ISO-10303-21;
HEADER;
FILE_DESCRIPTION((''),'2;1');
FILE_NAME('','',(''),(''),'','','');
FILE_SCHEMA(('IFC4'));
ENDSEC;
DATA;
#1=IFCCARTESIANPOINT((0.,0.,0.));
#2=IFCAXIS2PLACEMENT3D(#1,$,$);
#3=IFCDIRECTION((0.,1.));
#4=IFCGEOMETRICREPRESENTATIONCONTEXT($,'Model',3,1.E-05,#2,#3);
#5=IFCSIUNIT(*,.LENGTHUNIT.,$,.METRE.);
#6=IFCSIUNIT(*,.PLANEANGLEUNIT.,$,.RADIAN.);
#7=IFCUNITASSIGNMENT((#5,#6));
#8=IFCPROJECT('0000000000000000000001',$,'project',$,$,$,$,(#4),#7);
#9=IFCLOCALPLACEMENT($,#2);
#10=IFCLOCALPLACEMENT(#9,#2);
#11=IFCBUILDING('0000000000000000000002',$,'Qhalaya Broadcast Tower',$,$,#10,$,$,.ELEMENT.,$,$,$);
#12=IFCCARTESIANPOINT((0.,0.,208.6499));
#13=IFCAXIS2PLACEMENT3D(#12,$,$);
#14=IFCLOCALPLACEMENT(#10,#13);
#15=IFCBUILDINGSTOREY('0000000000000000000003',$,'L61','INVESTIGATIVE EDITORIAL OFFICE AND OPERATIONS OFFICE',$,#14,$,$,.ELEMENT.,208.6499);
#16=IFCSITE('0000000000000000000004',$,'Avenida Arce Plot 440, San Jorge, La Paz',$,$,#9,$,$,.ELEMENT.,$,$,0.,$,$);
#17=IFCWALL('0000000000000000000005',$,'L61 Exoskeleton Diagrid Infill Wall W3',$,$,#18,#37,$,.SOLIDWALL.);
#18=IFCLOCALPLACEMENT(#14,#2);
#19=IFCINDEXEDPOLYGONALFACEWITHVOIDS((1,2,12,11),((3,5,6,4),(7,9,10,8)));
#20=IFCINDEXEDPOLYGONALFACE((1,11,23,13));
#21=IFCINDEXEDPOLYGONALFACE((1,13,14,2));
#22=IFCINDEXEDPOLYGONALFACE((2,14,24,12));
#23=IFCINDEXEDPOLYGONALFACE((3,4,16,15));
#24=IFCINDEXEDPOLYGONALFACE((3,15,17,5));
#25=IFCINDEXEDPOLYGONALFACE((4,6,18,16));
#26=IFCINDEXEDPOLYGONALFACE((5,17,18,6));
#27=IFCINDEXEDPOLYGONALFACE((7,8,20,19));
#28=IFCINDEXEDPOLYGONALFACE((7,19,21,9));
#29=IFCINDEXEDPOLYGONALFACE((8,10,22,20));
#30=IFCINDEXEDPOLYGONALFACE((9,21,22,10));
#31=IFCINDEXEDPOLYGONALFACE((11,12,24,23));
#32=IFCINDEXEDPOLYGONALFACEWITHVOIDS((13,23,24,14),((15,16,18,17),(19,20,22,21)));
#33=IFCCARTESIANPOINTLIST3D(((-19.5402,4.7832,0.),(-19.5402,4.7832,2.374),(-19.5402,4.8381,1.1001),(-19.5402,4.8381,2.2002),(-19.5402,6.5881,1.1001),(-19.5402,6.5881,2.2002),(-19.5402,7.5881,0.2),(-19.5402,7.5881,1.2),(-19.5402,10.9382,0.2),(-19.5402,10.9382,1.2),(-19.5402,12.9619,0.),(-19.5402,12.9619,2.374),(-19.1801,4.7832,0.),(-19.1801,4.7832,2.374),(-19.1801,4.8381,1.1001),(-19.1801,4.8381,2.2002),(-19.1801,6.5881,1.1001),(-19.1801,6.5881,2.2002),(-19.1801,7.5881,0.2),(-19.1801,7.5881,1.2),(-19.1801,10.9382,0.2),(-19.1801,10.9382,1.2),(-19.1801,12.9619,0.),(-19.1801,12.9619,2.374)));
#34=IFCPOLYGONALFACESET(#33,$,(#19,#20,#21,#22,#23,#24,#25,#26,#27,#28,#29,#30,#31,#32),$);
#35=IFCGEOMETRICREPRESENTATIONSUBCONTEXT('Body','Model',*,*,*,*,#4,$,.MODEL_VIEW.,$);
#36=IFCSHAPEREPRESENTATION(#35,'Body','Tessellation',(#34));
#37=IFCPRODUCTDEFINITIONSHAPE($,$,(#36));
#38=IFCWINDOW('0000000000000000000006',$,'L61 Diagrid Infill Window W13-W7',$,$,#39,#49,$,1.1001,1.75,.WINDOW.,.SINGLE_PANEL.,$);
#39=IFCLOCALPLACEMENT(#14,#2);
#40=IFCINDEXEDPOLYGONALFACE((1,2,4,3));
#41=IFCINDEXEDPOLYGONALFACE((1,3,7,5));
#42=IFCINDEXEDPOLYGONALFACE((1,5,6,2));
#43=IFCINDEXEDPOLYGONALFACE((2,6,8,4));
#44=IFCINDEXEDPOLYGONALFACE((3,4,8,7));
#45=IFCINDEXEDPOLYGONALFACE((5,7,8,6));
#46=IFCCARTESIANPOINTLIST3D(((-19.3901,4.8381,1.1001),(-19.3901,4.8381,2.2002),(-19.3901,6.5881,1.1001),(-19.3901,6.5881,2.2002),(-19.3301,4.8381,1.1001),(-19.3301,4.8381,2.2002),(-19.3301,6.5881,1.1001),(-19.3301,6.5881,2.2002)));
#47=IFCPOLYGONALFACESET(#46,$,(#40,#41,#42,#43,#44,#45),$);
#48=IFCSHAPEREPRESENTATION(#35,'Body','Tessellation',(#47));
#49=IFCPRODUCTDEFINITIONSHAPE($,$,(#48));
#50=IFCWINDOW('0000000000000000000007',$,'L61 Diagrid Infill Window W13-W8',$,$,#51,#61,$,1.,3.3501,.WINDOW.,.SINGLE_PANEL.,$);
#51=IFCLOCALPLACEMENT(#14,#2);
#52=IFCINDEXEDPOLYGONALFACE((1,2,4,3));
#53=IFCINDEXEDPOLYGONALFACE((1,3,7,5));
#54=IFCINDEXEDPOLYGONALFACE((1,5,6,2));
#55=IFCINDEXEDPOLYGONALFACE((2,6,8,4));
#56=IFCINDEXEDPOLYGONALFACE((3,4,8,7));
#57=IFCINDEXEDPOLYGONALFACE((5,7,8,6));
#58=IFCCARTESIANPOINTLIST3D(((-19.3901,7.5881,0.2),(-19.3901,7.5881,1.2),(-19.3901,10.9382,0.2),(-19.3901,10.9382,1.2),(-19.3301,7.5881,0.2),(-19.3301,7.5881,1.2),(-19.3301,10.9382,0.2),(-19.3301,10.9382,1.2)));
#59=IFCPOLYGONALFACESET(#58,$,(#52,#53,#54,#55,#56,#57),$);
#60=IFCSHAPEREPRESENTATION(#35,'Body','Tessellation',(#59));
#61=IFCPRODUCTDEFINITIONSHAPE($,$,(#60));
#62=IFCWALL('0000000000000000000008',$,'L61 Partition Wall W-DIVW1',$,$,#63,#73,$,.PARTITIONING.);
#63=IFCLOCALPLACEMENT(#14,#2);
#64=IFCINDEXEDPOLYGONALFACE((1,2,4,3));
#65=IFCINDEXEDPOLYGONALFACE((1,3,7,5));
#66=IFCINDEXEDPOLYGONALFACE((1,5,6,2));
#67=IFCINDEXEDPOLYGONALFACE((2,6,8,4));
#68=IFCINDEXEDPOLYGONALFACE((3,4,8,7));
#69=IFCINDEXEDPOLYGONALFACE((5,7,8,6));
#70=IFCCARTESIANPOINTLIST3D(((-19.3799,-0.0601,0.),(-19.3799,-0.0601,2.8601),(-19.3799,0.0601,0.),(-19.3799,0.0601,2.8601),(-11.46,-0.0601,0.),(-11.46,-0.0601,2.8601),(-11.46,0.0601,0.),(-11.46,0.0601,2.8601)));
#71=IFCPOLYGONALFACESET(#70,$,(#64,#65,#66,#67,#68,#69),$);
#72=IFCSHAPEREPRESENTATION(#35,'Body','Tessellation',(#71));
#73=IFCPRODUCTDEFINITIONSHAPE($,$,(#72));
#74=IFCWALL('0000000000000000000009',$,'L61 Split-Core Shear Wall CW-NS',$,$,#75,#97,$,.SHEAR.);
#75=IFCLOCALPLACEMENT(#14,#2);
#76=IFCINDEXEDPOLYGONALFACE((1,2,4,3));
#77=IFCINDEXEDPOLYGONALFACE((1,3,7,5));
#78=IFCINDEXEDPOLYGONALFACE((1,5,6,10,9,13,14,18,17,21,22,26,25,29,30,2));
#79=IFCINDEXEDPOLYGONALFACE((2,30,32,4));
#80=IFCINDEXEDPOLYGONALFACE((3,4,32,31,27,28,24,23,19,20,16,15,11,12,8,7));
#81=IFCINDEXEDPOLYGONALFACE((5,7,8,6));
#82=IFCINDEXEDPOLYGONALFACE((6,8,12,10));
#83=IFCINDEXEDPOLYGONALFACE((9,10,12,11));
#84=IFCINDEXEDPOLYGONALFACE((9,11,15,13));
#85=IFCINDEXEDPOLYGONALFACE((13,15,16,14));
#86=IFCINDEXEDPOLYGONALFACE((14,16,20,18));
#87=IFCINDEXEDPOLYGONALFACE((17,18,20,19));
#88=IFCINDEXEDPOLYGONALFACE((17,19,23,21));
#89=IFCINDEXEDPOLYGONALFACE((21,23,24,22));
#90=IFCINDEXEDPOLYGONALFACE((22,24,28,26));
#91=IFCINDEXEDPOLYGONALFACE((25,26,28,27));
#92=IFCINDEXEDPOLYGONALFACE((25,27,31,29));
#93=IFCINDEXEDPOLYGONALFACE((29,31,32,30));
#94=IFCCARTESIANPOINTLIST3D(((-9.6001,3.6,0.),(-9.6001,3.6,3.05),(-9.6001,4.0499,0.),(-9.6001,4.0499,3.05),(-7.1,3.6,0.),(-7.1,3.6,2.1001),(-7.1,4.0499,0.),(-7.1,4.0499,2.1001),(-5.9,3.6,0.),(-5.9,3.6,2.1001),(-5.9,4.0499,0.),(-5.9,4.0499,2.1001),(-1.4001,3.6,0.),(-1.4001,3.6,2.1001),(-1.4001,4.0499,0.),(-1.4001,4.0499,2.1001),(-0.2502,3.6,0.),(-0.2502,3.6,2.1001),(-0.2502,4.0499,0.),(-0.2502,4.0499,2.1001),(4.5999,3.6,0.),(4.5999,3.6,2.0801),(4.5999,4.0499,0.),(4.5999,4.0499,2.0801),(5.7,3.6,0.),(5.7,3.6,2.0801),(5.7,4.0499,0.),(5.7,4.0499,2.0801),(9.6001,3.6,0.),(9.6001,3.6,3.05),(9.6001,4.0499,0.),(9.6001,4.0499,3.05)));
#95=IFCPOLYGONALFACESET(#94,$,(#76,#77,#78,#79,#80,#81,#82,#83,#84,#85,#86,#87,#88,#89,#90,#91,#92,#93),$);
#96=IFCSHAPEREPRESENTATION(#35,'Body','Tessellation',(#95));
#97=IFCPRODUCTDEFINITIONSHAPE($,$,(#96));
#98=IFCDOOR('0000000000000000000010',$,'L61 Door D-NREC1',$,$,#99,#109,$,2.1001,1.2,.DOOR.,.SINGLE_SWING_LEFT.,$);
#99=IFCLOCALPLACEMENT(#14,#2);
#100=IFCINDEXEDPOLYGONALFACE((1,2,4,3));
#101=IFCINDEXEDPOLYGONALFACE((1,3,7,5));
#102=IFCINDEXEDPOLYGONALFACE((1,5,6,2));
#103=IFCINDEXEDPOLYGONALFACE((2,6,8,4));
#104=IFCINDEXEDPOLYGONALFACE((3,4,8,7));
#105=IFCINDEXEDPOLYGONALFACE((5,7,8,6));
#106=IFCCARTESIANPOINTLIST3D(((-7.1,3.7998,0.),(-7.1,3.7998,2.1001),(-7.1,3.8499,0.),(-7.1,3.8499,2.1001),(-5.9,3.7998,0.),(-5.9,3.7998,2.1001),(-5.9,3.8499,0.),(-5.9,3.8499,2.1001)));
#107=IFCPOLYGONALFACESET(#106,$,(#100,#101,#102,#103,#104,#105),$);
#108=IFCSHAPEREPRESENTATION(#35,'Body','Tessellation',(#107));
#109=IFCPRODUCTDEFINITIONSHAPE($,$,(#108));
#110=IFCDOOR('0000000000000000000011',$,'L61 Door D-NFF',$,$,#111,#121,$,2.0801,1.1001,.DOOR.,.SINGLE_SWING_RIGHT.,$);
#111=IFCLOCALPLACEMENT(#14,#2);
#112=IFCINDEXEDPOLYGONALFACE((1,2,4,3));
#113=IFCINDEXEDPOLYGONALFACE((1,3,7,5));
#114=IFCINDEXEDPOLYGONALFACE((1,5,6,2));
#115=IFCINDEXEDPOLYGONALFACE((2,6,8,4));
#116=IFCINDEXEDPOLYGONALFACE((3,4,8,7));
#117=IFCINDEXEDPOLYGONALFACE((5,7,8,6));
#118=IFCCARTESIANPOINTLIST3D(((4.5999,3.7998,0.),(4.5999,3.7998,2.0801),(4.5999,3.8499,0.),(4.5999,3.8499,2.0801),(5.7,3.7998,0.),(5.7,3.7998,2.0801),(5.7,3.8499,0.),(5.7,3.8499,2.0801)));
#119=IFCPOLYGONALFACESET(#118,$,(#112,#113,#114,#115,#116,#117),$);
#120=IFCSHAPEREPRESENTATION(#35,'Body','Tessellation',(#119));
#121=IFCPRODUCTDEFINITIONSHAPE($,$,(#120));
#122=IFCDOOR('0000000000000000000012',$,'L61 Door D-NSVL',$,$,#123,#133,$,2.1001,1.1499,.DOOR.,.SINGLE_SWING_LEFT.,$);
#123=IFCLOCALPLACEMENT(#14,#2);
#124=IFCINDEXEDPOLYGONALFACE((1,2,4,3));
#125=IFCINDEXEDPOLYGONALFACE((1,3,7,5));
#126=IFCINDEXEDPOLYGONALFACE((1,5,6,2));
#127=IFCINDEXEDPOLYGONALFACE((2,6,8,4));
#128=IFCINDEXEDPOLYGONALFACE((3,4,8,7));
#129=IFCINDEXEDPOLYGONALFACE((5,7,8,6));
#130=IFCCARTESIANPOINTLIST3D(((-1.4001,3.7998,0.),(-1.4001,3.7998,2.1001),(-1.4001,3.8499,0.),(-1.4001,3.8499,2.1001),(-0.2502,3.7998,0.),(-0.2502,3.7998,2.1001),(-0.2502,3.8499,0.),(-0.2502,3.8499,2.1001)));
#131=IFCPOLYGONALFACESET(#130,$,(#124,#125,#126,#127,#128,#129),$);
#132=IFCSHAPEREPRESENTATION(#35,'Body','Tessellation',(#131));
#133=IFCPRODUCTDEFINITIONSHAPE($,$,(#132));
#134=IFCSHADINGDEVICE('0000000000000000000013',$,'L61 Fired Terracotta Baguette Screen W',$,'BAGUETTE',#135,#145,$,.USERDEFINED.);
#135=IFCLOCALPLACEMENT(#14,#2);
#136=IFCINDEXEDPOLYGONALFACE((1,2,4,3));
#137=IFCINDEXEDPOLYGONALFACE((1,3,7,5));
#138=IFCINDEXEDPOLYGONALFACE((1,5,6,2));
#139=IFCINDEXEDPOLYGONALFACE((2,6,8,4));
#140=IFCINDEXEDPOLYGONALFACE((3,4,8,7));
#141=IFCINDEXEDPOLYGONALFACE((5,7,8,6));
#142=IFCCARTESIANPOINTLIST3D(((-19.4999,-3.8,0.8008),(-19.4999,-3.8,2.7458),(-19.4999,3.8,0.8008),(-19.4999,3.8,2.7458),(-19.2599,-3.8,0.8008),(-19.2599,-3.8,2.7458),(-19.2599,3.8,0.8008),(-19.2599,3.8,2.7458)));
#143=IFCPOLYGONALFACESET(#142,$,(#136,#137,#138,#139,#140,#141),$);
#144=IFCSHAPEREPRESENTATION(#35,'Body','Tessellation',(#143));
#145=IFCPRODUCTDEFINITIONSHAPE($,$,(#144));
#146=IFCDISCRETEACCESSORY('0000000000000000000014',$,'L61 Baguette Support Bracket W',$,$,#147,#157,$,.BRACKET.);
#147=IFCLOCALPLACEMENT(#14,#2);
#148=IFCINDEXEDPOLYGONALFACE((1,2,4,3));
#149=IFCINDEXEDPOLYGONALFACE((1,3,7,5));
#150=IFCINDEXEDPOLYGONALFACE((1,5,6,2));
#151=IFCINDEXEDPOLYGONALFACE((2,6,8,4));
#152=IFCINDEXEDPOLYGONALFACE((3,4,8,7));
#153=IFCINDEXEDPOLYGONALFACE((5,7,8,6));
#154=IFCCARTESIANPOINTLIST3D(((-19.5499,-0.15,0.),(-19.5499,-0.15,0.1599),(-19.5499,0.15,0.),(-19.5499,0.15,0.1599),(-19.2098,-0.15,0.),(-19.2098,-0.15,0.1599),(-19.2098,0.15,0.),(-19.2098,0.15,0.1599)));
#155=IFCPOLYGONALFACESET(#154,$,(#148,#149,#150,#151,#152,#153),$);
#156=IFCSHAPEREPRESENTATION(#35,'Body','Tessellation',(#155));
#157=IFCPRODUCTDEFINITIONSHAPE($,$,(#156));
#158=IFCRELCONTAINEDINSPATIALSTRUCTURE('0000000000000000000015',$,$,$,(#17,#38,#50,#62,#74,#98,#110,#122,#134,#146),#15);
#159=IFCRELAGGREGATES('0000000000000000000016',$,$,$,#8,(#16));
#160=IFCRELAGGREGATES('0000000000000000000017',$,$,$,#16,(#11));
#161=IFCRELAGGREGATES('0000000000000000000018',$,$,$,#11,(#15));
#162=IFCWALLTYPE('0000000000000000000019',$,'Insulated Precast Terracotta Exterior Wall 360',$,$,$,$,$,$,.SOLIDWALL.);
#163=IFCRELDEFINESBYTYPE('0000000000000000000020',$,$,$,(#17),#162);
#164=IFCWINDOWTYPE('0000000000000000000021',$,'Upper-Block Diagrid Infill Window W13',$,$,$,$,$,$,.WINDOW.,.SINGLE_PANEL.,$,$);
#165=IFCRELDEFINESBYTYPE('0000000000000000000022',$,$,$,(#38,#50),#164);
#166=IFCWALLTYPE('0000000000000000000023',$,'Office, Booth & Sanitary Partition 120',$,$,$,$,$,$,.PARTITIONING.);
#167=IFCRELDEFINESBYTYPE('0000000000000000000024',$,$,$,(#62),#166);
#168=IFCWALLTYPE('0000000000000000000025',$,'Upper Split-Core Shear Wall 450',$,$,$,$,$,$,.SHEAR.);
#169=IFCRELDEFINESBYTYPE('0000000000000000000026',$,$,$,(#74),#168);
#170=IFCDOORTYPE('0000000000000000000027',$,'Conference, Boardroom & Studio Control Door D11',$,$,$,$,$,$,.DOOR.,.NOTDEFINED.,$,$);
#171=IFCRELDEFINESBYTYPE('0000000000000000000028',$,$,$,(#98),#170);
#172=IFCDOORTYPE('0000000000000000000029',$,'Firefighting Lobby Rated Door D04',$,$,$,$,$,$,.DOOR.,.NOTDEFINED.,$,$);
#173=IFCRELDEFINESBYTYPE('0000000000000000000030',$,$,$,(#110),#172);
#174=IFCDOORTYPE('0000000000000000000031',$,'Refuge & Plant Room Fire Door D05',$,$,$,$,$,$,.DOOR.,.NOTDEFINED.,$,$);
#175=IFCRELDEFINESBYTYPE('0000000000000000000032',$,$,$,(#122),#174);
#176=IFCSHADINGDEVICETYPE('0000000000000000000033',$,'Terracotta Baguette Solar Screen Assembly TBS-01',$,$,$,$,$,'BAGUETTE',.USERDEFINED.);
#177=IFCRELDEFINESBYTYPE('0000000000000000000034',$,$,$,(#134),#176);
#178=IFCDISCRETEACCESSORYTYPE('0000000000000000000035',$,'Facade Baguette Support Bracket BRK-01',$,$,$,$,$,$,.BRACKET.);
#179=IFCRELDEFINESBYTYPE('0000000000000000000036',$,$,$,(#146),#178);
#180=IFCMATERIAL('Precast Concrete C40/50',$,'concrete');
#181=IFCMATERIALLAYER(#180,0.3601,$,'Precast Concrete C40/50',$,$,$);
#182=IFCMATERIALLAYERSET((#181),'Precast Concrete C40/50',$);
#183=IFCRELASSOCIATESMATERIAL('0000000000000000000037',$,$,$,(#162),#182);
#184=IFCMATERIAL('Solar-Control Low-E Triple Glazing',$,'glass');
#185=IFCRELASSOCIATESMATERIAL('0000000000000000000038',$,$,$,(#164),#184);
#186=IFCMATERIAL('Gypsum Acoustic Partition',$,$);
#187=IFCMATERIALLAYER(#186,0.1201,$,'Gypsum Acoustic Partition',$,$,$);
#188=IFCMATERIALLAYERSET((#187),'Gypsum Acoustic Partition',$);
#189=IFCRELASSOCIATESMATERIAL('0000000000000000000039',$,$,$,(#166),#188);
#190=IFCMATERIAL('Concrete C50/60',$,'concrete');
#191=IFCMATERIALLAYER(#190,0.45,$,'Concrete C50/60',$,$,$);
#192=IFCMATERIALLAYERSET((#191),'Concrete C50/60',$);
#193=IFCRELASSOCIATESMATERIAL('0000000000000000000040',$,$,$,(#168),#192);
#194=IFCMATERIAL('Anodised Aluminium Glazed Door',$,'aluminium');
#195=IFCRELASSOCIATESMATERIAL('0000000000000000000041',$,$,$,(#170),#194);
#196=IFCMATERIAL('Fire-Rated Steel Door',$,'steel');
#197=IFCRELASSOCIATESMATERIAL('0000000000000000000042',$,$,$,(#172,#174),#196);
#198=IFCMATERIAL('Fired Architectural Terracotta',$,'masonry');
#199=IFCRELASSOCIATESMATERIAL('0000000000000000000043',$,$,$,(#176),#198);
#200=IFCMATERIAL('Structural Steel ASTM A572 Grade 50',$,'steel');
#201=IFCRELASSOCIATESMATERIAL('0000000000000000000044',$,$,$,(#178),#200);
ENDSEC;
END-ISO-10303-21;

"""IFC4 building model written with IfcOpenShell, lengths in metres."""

from ifc_helpers import new_model, si_unit, direction, frame, frame_2d, origin, origin_2d, place, context, subcontext, project, spatial, rectangle, extrude, material, layer, layer_set, type_object, element, fill, save


model = new_model("IFC4")

# Units and contexts
model_context = context("Model", 3, precision=1e-05, world=origin(), true_north=direction((0.0, 1.0)))
body_context = subcontext(model_context, "Body", "Model", "MODEL_VIEW")
ifc_project = project(units=[si_unit("LENGTHUNIT", "METRE"), si_unit("PLANEANGLEUNIT", "RADIAN")], contexts=[model_context])

# Site, building, storey
site_placement = place(None, origin())
site = spatial("IfcSite", under=ifc_project, at=site_placement, Name="Avenida Arce Plot 440, San Jorge, La Paz", CompositionType="ELEMENT", RefElevation=0.0)
building_placement = place(site_placement, origin())
building = spatial("IfcBuilding", under=site, at=building_placement, Name="Qhalaya Broadcast Tower", CompositionType="ELEMENT")
storey_placement = place(building_placement, frame((0.0, 0.0, 208.6499)))
storey = spatial("IfcBuildingStorey", under=building, at=storey_placement, Name="L61", Description="INVESTIGATIVE EDITORIAL OFFICE AND OPERATIONS OFFICE", CompositionType="ELEMENT", Elevation=208.6499)

# Shared definitions
ifc_material_1 = material(Name="Structural Steel ASTM A572 Grade 50", Category="steel")

# Shared definitions
ifc_material_2 = material(Name="Gypsum Acoustic Partition")

# Wall, openings, windows
ifc_material_3 = material(Name="Precast Concrete C40/50", Category="concrete")
ifc_layer_1 = layer(ifc_material_3, 0.3601, Name="Precast Concrete C40/50")
ifc_layer_set_1 = layer_set([ifc_layer_1], Name="Precast Concrete C40/50")
wall_type_1 = type_object("IfcWallType", Name="Insulated Precast Terracotta Exterior Wall 360", PredefinedType="SOLIDWALL", material=ifc_layer_set_1)
wall_1_placement = place(storey_placement, frame((-19.3601, 4.7832, 0.0), z_axis=(0.0, 0.0, 1.0), x_axis=(0.0, 1.0, 0.0)))
wall_1 = element("IfcWall", 1, at=wall_1_placement, inside=storey, type_object=wall_type_1, Name="L61 Exoskeleton Diagrid Infill Wall W3", PredefinedType="SOLIDWALL", context=body_context, shape_type="SweptSolid", body=[
    extrude(rectangle(XDim=8.1787, YDim=0.3601, at=frame_2d((4.0894, 0.0))), origin(), (0.0, 0.0, 1.0), 2.374),
])
opening_1_placement = place(wall_1_placement, frame((0.0549, 0.0, 1.1001)))
opening_1 = element("IfcOpeningElement", 2, at=opening_1_placement, cuts=wall_1, PredefinedType="OPENING", context=body_context, shape_type="SweptSolid", body=[
    extrude(rectangle(XDim=1.75, YDim=1.1001, at=frame_2d((0.875, 0.55))), frame((0.0, 0.1921, 0.0), z_axis=(0.0, -1.0, 0.0), x_axis=(1.0, 0.0, 0.0)), (0.0, 0.0, 1.0), 0.384),
])
opening_2_placement = place(wall_1_placement, frame((2.8049, 0.0, 0.2)))
opening_2 = element("IfcOpeningElement", 3, at=opening_2_placement, cuts=wall_1, PredefinedType="OPENING", context=body_context, shape_type="SweptSolid", body=[
    extrude(rectangle(XDim=3.3501, YDim=1.0, at=frame_2d((1.675, 0.5))), frame((0.0, 0.1921, 0.0), z_axis=(0.0, -1.0, 0.0), x_axis=(1.0, 0.0, 0.0)), (0.0, 0.0, 1.0), 0.384),
])
ifc_material_4 = material(Name="Solar-Control Low-E Triple Glazing", Category="glass")
window_type = type_object("IfcWindowType", Name="Upper-Block Diagrid Infill Window W13", PartitioningType="SINGLE_PANEL", PredefinedType="WINDOW", material=ifc_material_4)
window_1_placement = place(opening_1_placement, origin())
window_1 = element("IfcWindow", 4, at=window_1_placement, inside=storey, type_object=window_type, Name="L61 Diagrid Infill Window W13-W7", OverallHeight=1.1001, OverallWidth=1.75, PartitioningType="SINGLE_PANEL", PredefinedType="WINDOW", context=body_context, shape_type="SweptSolid", body=[
    extrude(rectangle(XDim=1.75, YDim=1.1001, at=frame_2d((0.875, 0.55))), frame((0.0, 0.03, 0.0), z_axis=(0.0, -1.0, 0.0), x_axis=(1.0, 0.0, 0.0)), (0.0, 0.0, 1.0), 0.0601),
])
fill(opening_1, window_1)
window_2_placement = place(opening_2_placement, origin())
window_2 = element("IfcWindow", 5, at=window_2_placement, inside=storey, type_object=window_type, Name="L61 Diagrid Infill Window W13-W8", OverallHeight=1.0, OverallWidth=3.3501, PartitioningType="SINGLE_PANEL", PredefinedType="WINDOW", context=body_context, shape_type="SweptSolid", body=[
    extrude(rectangle(XDim=3.3501, YDim=1.0, at=frame_2d((1.675, 0.5))), frame((0.0, 0.03, 0.0), z_axis=(0.0, -1.0, 0.0), x_axis=(1.0, 0.0, 0.0)), (0.0, 0.0, 1.0), 0.0601),
])
fill(opening_2, window_2)

# Wall
ifc_layer_2 = layer(ifc_material_2, 0.1201, Name="Gypsum Acoustic Partition")
ifc_layer_set_2 = layer_set([ifc_layer_2], Name="Gypsum Acoustic Partition")
wall_type_2 = type_object("IfcWallType", Name="Office, Booth & Sanitary Partition 120", PredefinedType="PARTITIONING", material=ifc_layer_set_2)
wall_2_placement = place(storey_placement, frame((-19.3799, 0.0, 0.0), z_axis=(0.0, 0.0, 1.0), x_axis=(1.0, 0.0, 0.0)))
element("IfcWall", 6, at=wall_2_placement, inside=storey, type_object=wall_type_2, Name="L61 Partition Wall W-DIVW1", PredefinedType="PARTITIONING", context=body_context, shape_type="SweptSolid", body=[
    extrude(rectangle(XDim=7.9199, YDim=0.1201, at=frame_2d((3.96, 0.0))), origin(), (0.0, 0.0, 1.0), 2.8601),
])

# Wall, openings, doors
ifc_material_5 = material(Name="Concrete C50/60", Category="concrete")
ifc_layer_3 = layer(ifc_material_5, 0.45, Name="Concrete C50/60")
ifc_layer_set_3 = layer_set([ifc_layer_3], Name="Concrete C50/60")
wall_type_3 = type_object("IfcWallType", Name="Upper Split-Core Shear Wall 450", PredefinedType="SHEAR", material=ifc_layer_set_3)
wall_3_placement = place(storey_placement, frame((-9.6001, 3.825, 0.0), z_axis=(0.0, 0.0, 1.0), x_axis=(1.0, 0.0, 0.0)))
wall_3 = element("IfcWall", 7, at=wall_3_placement, inside=storey, type_object=wall_type_3, Name="L61 Split-Core Shear Wall CW-NS", PredefinedType="SHEAR", context=body_context, shape_type="SweptSolid", body=[
    extrude(rectangle(XDim=19.2002, YDim=0.45, at=frame_2d((9.6001, 0.0))), origin(), (0.0, 0.0, 1.0), 3.05),
])
opening_3_placement = place(wall_3_placement, frame((14.2, 0.0, 0.0)))
opening_3 = element("IfcOpeningElement", 8, at=opening_3_placement, cuts=wall_3, PredefinedType="OPENING", context=body_context, shape_type="SweptSolid", body=[
    extrude(rectangle(XDim=1.1001, YDim=2.0801, at=frame_2d((0.55, 1.04))), frame((0.0, 0.2371, 0.0), z_axis=(0.0, -1.0, 0.0), x_axis=(1.0, 0.0, 0.0)), (0.0, 0.0, 1.0), 0.4739),
])
opening_4_placement = place(wall_3_placement, frame((8.2, 0.0, 0.0)))
opening_4 = element("IfcOpeningElement", 9, at=opening_4_placement, cuts=wall_3, PredefinedType="OPENING", context=body_context, shape_type="SweptSolid", body=[
    extrude(rectangle(XDim=1.1499, YDim=2.1001, at=frame_2d((0.575, 1.05))), frame((0.0, 0.2371, 0.0), z_axis=(0.0, -1.0, 0.0), x_axis=(1.0, 0.0, 0.0)), (0.0, 0.0, 1.0), 0.4739),
])
opening_5_placement = place(wall_3_placement, frame((2.5, 0.0, 0.0)))
opening_5 = element("IfcOpeningElement", 10, at=opening_5_placement, cuts=wall_3, PredefinedType="OPENING", context=body_context, shape_type="SweptSolid", body=[
    extrude(rectangle(XDim=1.2, YDim=2.1001, at=frame_2d((0.6001, 1.05))), frame((0.0, 0.2371, 0.0), z_axis=(0.0, -1.0, 0.0), x_axis=(1.0, 0.0, 0.0)), (0.0, 0.0, 1.0), 0.4739),
])
ifc_material_6 = material(Name="Anodised Aluminium Glazed Door", Category="aluminium")
door_type_1 = type_object("IfcDoorType", Name="Conference, Boardroom & Studio Control Door D11", OperationType="NOTDEFINED", PredefinedType="DOOR", material=ifc_material_6)
door_1_placement = place(opening_5_placement, origin())
door_1 = element("IfcDoor", 11, at=door_1_placement, inside=storey, type_object=door_type_1, Name="L61 Door D-NREC1", OperationType="SINGLE_SWING_LEFT", OverallHeight=2.1001, OverallWidth=1.2, PredefinedType="DOOR", context=body_context, shape_type="SweptSolid", body=[
    extrude(rectangle(XDim=1.2, YDim=2.1001, at=frame_2d((0.6001, 1.05))), frame((0.0, 0.0249, 0.0), z_axis=(0.0, -1.0, 0.0), x_axis=(1.0, 0.0, 0.0)), (0.0, 0.0, 1.0), 0.05),
])
fill(opening_5, door_1)
ifc_material_7 = material(Name="Fire-Rated Steel Door", Category="steel")
door_type_2 = type_object("IfcDoorType", Name="Firefighting Lobby Rated Door D04", OperationType="NOTDEFINED", PredefinedType="DOOR", material=ifc_material_7)
door_2_placement = place(opening_3_placement, origin())
door_2 = element("IfcDoor", 12, at=door_2_placement, inside=storey, type_object=door_type_2, Name="L61 Door D-NFF", OperationType="SINGLE_SWING_RIGHT", OverallHeight=2.0801, OverallWidth=1.1001, PredefinedType="DOOR", context=body_context, shape_type="SweptSolid", body=[
    extrude(rectangle(XDim=1.1001, YDim=2.0801, at=frame_2d((0.55, 1.04))), frame((0.0, 0.0249, 0.0), z_axis=(0.0, -1.0, 0.0), x_axis=(1.0, 0.0, 0.0)), (0.0, 0.0, 1.0), 0.05),
])
fill(opening_3, door_2)
door_type_3 = type_object("IfcDoorType", Name="Refuge & Plant Room Fire Door D05", OperationType="NOTDEFINED", PredefinedType="DOOR", material=ifc_material_7)
door_3_placement = place(opening_4_placement, origin())
door_3 = element("IfcDoor", 13, at=door_3_placement, inside=storey, type_object=door_type_3, Name="L61 Door D-NSVL", OperationType="SINGLE_SWING_LEFT", OverallHeight=2.1001, OverallWidth=1.1499, PredefinedType="DOOR", context=body_context, shape_type="SweptSolid", body=[
    extrude(rectangle(XDim=1.1499, YDim=2.1001, at=frame_2d((0.575, 1.05))), frame((0.0, 0.0249, 0.0), z_axis=(0.0, -1.0, 0.0), x_axis=(1.0, 0.0, 0.0)), (0.0, 0.0, 1.0), 0.05),
])
fill(opening_4, door_3)

# Shading device
ifc_material_8 = material(Name="Fired Architectural Terracotta", Category="masonry")
shading_device_type = type_object("IfcShadingDeviceType", Name="Terracotta Baguette Solar Screen Assembly TBS-01", ElementType="BAGUETTE", PredefinedType="USERDEFINED", material=ifc_material_8)
shading_device_placement = place(storey_placement, frame((-19.3799, 0.0, 0.8008), z_axis=(0.0, 0.0, 1.0), x_axis=(0.0, -1.0, 0.0)))
element("IfcShadingDevice", 14, at=shading_device_placement, inside=storey, type_object=shading_device_type, Name="L61 Fired Terracotta Baguette Screen W", ObjectType="BAGUETTE", PredefinedType="USERDEFINED", context=body_context, shape_type="SweptSolid", body=[
    extrude(rectangle(XDim=7.6001, YDim=0.24, at=origin_2d()), origin(), (0.0, 0.0, 1.0), 1.9451),
])

# Discrete accessory
discrete_accessory_type = type_object("IfcDiscreteAccessoryType", Name="Facade Baguette Support Bracket BRK-01", PredefinedType="BRACKET", material=ifc_material_1)
discrete_accessory_placement = place(storey_placement, frame((-19.3799, 0.0, 0.0), z_axis=(0.0, 0.0, 1.0), x_axis=(0.0, -1.0, 0.0)))
element("IfcDiscreteAccessory", 15, at=discrete_accessory_placement, inside=storey, type_object=discrete_accessory_type, Name="L61 Baguette Support Bracket W", PredefinedType="BRACKET", context=body_context, shape_type="SweptSolid", body=[
    extrude(rectangle(XDim=0.3, YDim=0.3401, at=origin_2d()), origin(), (0.0, 0.0, 1.0), 0.1599),
])

save(model, "model.ifc")
